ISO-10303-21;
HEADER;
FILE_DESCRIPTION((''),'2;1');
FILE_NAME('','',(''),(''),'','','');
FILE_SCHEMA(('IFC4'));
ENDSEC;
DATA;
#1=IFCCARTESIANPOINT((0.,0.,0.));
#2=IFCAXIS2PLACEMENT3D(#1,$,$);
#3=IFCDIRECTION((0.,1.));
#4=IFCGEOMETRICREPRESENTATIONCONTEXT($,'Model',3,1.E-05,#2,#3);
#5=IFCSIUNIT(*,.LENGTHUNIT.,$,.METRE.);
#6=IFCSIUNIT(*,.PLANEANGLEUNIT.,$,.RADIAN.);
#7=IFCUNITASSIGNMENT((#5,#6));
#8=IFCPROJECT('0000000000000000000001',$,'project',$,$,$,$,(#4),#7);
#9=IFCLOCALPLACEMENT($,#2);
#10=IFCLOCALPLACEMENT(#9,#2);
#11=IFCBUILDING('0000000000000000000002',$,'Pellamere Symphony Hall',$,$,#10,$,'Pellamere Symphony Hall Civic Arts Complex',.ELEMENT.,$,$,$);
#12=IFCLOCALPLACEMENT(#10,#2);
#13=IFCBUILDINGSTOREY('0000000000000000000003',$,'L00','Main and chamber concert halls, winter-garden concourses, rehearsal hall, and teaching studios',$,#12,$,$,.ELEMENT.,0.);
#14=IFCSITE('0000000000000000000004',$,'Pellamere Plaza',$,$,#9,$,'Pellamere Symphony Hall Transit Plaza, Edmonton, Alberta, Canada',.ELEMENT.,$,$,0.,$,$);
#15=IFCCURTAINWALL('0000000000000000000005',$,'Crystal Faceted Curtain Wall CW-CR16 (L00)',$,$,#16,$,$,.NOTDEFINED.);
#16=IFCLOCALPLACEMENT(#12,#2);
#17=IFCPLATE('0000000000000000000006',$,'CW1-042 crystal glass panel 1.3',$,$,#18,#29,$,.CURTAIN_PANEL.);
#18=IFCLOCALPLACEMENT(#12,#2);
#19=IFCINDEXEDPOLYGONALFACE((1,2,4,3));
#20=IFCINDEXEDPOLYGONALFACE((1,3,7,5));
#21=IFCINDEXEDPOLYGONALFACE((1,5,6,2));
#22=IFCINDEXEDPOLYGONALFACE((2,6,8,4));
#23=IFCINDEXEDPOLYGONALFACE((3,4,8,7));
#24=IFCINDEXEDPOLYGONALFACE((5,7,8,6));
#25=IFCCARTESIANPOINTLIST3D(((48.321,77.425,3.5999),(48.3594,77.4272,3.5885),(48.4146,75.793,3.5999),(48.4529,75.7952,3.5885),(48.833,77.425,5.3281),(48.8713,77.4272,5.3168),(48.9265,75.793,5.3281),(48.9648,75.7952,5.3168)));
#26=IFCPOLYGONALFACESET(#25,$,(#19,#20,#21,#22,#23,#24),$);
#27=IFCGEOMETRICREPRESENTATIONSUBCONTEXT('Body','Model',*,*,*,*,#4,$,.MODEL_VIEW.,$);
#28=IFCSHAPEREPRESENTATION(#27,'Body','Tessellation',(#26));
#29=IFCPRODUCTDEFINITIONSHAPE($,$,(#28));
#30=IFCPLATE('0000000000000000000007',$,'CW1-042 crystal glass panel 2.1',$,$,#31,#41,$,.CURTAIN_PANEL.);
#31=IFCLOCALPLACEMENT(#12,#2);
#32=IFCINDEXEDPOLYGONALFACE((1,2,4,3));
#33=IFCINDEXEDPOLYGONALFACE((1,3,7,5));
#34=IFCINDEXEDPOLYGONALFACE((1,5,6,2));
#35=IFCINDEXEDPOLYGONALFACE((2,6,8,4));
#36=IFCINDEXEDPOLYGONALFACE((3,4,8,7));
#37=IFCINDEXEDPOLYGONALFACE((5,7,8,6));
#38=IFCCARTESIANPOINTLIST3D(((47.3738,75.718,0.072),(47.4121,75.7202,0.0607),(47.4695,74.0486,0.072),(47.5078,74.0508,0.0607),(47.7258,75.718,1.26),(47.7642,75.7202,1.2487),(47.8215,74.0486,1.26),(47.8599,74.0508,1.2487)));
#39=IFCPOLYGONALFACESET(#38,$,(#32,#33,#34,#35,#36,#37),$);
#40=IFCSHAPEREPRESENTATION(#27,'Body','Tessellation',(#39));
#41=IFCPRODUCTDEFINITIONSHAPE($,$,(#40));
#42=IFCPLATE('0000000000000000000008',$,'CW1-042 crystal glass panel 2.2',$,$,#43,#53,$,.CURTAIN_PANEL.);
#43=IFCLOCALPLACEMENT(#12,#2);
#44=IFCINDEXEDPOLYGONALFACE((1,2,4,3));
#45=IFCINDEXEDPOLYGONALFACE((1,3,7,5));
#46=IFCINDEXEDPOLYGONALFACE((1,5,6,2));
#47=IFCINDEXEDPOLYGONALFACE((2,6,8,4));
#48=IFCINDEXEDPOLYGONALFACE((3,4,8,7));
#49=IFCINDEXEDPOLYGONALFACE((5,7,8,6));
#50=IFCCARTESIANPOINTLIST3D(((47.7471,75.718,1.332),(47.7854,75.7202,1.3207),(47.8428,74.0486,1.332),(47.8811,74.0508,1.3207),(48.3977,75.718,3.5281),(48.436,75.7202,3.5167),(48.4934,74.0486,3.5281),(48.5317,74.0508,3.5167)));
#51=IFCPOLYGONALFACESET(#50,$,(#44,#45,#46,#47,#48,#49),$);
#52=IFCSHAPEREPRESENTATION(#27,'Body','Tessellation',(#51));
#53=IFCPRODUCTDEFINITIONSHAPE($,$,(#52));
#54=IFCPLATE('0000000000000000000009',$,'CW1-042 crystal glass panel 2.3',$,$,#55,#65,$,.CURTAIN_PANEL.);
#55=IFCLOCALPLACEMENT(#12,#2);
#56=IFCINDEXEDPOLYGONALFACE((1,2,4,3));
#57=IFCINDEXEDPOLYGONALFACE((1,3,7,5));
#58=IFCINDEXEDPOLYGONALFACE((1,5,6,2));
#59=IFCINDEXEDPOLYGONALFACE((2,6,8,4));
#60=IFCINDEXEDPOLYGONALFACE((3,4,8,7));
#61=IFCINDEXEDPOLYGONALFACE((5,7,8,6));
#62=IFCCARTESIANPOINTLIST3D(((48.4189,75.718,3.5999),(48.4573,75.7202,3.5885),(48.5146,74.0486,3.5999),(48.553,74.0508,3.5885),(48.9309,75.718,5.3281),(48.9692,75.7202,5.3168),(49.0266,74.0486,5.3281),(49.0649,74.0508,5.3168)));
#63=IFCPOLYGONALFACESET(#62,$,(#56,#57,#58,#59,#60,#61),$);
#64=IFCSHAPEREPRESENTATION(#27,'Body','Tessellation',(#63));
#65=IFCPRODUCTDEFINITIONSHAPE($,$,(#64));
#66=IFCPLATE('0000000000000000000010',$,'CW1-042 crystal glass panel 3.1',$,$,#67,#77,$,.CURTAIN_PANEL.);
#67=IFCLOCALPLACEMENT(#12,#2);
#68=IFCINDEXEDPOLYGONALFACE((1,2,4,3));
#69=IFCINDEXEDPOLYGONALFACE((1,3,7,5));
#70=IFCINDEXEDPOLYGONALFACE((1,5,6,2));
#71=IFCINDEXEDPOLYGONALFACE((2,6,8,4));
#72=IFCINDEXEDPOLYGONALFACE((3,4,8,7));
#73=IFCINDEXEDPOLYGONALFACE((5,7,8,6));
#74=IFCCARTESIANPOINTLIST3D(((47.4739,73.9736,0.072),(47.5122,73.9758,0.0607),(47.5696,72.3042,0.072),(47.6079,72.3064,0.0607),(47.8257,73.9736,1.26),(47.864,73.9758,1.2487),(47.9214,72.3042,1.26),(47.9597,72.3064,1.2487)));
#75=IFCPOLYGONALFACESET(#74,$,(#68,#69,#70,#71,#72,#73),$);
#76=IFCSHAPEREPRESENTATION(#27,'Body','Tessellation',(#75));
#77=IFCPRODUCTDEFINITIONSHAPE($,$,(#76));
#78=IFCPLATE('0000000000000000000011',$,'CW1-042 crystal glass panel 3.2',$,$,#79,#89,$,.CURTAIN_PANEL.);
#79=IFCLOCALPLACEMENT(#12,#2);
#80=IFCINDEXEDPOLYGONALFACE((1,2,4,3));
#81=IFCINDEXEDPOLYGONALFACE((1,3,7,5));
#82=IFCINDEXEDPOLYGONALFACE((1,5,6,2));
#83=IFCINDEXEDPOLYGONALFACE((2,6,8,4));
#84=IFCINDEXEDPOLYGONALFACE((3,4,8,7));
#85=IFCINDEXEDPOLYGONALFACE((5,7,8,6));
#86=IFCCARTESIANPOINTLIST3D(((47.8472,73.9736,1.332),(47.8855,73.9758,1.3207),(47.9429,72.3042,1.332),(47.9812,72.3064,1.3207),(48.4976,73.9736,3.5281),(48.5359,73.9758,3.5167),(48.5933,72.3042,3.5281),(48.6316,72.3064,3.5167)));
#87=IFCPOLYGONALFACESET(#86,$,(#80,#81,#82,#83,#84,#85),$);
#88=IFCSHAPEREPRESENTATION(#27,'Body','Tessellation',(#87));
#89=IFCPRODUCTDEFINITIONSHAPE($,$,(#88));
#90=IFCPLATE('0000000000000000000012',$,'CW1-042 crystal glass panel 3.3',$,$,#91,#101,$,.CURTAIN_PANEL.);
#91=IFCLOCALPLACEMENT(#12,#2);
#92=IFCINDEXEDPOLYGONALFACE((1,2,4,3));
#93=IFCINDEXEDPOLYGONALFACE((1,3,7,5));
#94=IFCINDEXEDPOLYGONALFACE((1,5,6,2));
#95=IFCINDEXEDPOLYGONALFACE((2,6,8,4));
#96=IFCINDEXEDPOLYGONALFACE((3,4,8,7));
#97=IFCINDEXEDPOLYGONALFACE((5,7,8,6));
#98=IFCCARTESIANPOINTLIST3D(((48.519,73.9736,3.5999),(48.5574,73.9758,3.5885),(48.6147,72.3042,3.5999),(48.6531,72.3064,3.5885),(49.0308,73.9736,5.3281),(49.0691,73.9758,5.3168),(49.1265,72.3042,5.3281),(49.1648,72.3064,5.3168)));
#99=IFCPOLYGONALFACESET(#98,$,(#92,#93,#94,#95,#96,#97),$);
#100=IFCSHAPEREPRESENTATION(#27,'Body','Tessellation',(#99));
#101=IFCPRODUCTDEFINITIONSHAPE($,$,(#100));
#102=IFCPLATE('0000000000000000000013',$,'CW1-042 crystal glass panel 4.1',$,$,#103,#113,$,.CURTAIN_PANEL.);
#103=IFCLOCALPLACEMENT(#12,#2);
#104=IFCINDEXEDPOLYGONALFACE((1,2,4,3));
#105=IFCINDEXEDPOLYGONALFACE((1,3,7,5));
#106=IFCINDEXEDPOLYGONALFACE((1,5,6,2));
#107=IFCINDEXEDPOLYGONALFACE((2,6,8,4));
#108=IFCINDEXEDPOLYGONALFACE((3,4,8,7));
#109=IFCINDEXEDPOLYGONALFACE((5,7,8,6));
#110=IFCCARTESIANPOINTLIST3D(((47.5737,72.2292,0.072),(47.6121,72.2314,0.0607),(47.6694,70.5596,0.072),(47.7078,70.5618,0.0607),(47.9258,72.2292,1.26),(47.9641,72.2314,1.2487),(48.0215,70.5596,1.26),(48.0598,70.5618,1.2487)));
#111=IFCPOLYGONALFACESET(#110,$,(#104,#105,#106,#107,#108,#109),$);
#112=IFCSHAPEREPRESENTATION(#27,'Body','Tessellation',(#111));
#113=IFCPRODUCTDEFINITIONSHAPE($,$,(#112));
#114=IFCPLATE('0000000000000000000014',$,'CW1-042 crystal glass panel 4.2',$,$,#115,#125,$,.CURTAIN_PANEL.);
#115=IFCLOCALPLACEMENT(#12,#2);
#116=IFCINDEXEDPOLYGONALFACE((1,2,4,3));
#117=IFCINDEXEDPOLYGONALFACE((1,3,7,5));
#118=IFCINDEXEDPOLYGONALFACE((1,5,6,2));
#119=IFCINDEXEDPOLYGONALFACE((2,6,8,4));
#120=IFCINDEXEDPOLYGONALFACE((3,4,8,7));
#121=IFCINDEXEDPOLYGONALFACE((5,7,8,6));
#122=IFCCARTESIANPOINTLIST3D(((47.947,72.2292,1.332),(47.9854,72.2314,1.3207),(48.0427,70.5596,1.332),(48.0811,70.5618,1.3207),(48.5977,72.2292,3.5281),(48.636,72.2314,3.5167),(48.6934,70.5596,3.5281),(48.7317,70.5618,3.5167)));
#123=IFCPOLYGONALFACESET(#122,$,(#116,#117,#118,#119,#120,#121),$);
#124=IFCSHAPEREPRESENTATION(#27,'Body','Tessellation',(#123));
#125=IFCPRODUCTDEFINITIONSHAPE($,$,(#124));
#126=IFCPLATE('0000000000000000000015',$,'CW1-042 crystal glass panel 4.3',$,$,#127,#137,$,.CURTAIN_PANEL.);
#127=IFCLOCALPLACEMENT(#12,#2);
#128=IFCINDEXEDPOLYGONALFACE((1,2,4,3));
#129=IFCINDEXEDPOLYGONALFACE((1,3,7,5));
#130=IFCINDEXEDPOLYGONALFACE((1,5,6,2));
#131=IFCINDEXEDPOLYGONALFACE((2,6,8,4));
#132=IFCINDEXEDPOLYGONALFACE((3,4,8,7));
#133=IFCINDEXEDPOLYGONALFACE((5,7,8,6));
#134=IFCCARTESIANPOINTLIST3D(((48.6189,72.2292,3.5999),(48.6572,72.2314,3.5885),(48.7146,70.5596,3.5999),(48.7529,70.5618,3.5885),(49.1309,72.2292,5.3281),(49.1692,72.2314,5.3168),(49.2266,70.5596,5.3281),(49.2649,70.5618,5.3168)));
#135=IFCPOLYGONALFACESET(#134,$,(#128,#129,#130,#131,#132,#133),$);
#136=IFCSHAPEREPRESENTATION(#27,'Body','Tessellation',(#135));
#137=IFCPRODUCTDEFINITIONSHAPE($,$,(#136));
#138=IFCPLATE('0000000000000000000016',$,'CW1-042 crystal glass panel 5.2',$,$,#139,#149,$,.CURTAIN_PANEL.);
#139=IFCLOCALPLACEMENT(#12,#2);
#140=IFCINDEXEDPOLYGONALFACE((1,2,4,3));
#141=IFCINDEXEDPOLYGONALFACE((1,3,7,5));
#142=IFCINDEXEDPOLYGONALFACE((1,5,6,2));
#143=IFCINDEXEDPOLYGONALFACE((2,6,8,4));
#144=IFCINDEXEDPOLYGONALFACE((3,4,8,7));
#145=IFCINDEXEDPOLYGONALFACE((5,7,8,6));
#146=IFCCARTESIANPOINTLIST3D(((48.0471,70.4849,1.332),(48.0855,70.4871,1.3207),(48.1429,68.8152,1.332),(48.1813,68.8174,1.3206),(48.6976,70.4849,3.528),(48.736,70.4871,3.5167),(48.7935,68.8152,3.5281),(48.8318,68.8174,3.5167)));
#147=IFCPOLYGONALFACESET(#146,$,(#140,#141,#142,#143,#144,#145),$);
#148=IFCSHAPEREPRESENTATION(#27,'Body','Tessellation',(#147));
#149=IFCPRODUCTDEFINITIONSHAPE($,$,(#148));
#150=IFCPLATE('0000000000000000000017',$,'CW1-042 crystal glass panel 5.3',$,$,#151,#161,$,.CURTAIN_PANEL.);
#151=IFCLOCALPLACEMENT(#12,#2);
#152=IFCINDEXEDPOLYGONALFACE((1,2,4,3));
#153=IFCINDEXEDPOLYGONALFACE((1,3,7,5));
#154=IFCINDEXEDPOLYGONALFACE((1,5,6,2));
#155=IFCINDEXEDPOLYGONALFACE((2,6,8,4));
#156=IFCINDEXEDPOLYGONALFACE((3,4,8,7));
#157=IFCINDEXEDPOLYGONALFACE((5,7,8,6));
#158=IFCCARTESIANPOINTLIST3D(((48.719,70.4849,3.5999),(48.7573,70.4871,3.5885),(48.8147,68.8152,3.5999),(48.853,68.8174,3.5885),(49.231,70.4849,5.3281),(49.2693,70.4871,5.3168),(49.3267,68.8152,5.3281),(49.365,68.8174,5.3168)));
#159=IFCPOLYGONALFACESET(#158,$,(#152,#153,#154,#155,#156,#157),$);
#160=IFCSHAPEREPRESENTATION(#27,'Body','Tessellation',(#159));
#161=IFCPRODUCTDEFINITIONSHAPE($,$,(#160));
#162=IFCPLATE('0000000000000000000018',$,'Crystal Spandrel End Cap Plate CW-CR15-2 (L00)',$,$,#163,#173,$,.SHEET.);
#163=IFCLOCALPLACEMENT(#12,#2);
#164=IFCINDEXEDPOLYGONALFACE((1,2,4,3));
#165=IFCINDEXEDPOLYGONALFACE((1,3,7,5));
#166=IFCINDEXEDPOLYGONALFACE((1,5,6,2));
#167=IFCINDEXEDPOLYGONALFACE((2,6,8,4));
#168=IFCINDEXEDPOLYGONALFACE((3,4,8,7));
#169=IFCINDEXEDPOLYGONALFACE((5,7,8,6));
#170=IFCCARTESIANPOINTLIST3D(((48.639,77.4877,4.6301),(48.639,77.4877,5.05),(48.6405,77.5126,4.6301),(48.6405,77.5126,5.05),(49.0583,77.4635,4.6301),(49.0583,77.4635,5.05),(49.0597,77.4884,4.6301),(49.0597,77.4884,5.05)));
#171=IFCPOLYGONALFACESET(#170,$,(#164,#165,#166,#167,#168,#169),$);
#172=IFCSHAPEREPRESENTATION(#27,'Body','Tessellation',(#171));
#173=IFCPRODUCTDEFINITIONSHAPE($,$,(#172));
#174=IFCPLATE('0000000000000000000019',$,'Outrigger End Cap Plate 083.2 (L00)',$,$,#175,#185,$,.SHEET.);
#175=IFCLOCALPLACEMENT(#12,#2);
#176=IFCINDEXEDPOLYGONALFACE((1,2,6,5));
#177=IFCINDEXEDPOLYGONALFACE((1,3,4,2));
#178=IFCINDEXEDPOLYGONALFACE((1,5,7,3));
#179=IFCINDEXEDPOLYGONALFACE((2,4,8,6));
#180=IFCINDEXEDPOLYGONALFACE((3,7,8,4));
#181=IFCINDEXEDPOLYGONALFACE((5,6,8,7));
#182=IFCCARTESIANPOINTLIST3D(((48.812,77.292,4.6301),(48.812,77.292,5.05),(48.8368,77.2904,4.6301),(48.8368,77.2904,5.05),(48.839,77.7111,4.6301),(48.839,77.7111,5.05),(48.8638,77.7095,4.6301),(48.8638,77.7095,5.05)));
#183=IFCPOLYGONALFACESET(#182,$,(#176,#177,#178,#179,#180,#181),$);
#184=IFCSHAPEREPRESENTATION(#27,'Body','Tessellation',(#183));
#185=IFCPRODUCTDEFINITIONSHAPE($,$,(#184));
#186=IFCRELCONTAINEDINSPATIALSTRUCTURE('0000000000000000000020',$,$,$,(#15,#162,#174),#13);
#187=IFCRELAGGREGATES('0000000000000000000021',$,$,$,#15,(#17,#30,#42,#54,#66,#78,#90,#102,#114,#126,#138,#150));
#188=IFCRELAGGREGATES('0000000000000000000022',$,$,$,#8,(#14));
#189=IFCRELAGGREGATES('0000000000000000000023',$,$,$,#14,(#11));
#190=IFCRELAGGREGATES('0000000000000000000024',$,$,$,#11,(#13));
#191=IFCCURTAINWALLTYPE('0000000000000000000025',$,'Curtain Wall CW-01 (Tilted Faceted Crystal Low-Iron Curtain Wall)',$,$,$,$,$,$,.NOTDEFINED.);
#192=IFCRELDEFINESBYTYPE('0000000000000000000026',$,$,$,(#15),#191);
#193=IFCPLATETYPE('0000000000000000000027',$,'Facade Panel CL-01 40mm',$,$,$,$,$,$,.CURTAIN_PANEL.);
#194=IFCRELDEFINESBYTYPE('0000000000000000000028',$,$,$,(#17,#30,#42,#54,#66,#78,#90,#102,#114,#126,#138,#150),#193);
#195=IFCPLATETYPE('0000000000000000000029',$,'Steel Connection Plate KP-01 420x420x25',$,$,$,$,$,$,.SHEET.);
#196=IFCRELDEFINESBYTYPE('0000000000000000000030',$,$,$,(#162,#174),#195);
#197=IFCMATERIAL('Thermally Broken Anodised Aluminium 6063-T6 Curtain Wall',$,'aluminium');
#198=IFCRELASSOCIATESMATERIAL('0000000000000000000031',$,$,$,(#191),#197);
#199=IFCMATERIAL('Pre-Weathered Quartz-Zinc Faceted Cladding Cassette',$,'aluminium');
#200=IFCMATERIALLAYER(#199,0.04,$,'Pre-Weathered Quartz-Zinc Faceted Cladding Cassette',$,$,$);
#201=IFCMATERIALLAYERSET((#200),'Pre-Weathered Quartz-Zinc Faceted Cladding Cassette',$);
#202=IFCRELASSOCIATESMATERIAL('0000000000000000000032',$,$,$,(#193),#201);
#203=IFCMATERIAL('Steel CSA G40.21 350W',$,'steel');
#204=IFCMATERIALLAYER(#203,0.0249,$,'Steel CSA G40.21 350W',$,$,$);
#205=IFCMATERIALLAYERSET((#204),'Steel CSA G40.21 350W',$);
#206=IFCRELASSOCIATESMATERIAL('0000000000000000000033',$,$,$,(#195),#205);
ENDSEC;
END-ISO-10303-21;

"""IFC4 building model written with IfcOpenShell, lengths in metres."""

from ifc_helpers import new_model, si_unit, direction, frame, origin, origin_2d, place, context, subcontext, project, spatial, polyline, rectangle, outline, extrude, material, layer, layer_set, type_object, element, aggregate, save


model = new_model("IFC4")

# Units and contexts
model_context = context("Model", 3, precision=1e-05, world=origin(), true_north=direction((0.0, 1.0)))
body_context = subcontext(model_context, "Body", "Model", "MODEL_VIEW")
ifc_project = project(units=[si_unit("LENGTHUNIT", "METRE"), si_unit("PLANEANGLEUNIT", "RADIAN")], contexts=[model_context])

# Site, building, storey
site_placement = place(None, origin())
site = spatial("IfcSite", under=ifc_project, at=site_placement, Name="Pellamere Plaza", LongName="Pellamere Symphony Hall Transit Plaza, Edmonton, Alberta, Canada", CompositionType="ELEMENT", RefElevation=0.0)
building_placement = place(site_placement, origin())
building = spatial("IfcBuilding", under=site, at=building_placement, Name="Pellamere Symphony Hall", LongName="Pellamere Symphony Hall Civic Arts Complex", CompositionType="ELEMENT")
storey_placement = place(building_placement, origin())
storey = spatial("IfcBuildingStorey", under=building, at=storey_placement, Name="L00", Description="Main and chamber concert halls, winter-garden concourses, rehearsal hall, and teaching studios", CompositionType="ELEMENT", Elevation=0.0)

# Curtain wall
ifc_material_1 = material(Name="Thermally Broken Anodised Aluminium 6063-T6 Curtain Wall", Category="aluminium")
curtain_wall_type = type_object("IfcCurtainWallType", Name="Curtain Wall CW-01 (Tilted Faceted Crystal Low-Iron Curtain Wall)", PredefinedType="NOTDEFINED", material=ifc_material_1)
curtain_wall_placement = place(storey_placement, origin())
curtain_wall = element("IfcCurtainWall", 1, at=curtain_wall_placement, inside=storey, type_object=curtain_wall_type, Name="Crystal Faceted Curtain Wall CW-CR16 (L00)", PredefinedType="NOTDEFINED")

# Shared definitions
ifc_material_2 = material(Name="Steel CSA G40.21 350W", Category="steel")

# Plates
ifc_material_3 = material(Name="Pre-Weathered Quartz-Zinc Faceted Cladding Cassette", Category="aluminium")
ifc_layer_1 = layer(ifc_material_3, 0.04, Name="Pre-Weathered Quartz-Zinc Faceted Cladding Cassette")
ifc_layer_set_1 = layer_set([ifc_layer_1], Name="Pre-Weathered Quartz-Zinc Faceted Cladding Cassette")
plate_type_1 = type_object("IfcPlateType", Name="Facade Panel CL-01 40mm", PredefinedType="CURTAIN_PANEL", material=ifc_layer_set_1)
plate_1_placement = place(storey_placement, frame((48.321, 77.425, 3.5999), z_axis=(-0.957372, -0.05485, 0.283601), x_axis=(0.057199, -0.998363, 0.0)))
plate_1 = element("IfcPlate", 2, at=plate_1_placement, type_object=plate_type_1, Name="CW1-042 crystal glass panel 1.3", PredefinedType="CURTAIN_PANEL", context=body_context, shape_type="SweptSolid", body=[
    extrude(outline(polyline([(0.0, 0.0), (1.6348, 0.0), (1.664, 1.8023), (0.0293, 1.8023), (0.0, 0.0)])), origin(), (0.0, 0.0, -1.0), 0.04),
])
plate_2_placement = place(storey_placement, frame((47.3738, 75.718, 0.072), z_axis=(-0.957341, -0.054881, 0.2837), x_axis=(0.057233, -0.998361, 0.0)))
plate_2 = element("IfcPlate", 3, at=plate_2_placement, type_object=plate_type_1, Name="CW1-042 crystal glass panel 2.1", PredefinedType="CURTAIN_PANEL", context=body_context, shape_type="SweptSolid", body=[
    extrude(outline(polyline([(0.0, 0.0), (1.6722, 0.0), (1.6923, 1.2389), (0.0201, 1.2389), (0.0, 0.0)])), origin(), (0.0, 0.0, -1.0), 0.04),
])
plate_3_placement = place(storey_placement, frame((47.7471, 75.718, 1.332), z_axis=(-0.957358, -0.054882, 0.283642), x_axis=(0.057233, -0.998361, 0.0)))
plate_3 = element("IfcPlate", 4, at=plate_3_placement, type_object=plate_type_1, Name="CW1-042 crystal glass panel 2.2", PredefinedType="CURTAIN_PANEL", context=body_context, shape_type="SweptSolid", body=[
    extrude(outline(polyline([(0.0, 0.0), (1.6722, 0.0), (1.7094, 2.2901), (0.0372, 2.2901), (0.0, 0.0)])), origin(), (0.0, 0.0, -1.0), 0.04),
])
plate_4_placement = place(storey_placement, frame((48.4189, 75.718, 3.5999), z_axis=(-0.957371, -0.054883, 0.2836), x_axis=(0.057233, -0.998361, 0.0)))
plate_4 = element("IfcPlate", 5, at=plate_4_placement, type_object=plate_type_1, Name="CW1-042 crystal glass panel 2.3", PredefinedType="CURTAIN_PANEL", context=body_context, shape_type="SweptSolid", body=[
    extrude(outline(polyline([(0.0, 0.0), (1.6722, 0.0), (1.7015, 1.8023), (0.0293, 1.8023), (0.0, 0.0)])), origin(), (0.0, 0.0, -1.0), 0.04),
])
plate_5_placement = place(storey_placement, frame((47.4739, 73.9736, 0.072), z_axis=(-0.957395, -0.054884, 0.283519), x_axis=(0.057233, -0.998361, 0.0)))
plate_5 = element("IfcPlate", 6, at=plate_5_placement, type_object=plate_type_1, Name="CW1-042 crystal glass panel 3.1", PredefinedType="CURTAIN_PANEL", context=body_context, shape_type="SweptSolid", body=[
    extrude(outline(polyline([(0.0, 0.0), (1.6722, 0.0), (1.6923, 1.2388), (0.0201, 1.2388), (0.0, 0.0)])), origin(), (0.0, 0.0, -1.0), 0.04),
])
plate_6_placement = place(storey_placement, frame((47.8472, 73.9736, 1.332), z_axis=(-0.957387, -0.054884, 0.283544), x_axis=(0.057233, -0.998361, 0.0)))
plate_6 = element("IfcPlate", 7, at=plate_6_placement, type_object=plate_type_1, Name="CW1-042 crystal glass panel 3.2", PredefinedType="CURTAIN_PANEL", context=body_context, shape_type="SweptSolid", body=[
    extrude(outline(polyline([(0.0, 0.0), (1.6722, 0.0), (1.7094, 2.29), (0.0372, 2.29), (0.0, 0.0)])), origin(), (0.0, 0.0, -1.0), 0.04),
])
plate_7_placement = place(storey_placement, frame((48.519, 73.9736, 3.5999), z_axis=(-0.957407, -0.054885, 0.283476), x_axis=(0.057233, -0.998361, 0.0)))
plate_7 = element("IfcPlate", 8, at=plate_7_placement, type_object=plate_type_1, Name="CW1-042 crystal glass panel 3.3", PredefinedType="CURTAIN_PANEL", context=body_context, shape_type="SweptSolid", body=[
    extrude(outline(polyline([(0.0, 0.0), (1.6722, 0.0), (1.7015, 1.8022), (0.0293, 1.8022), (0.0, 0.0)])), origin(), (0.0, 0.0, -1.0), 0.04),
])
plate_8_placement = place(storey_placement, frame((47.5737, 72.2292, 0.072), z_axis=(-0.957342, -0.054873, 0.2837), x_axis=(0.057224, -0.998361, 0.0)))
plate_8 = element("IfcPlate", 9, at=plate_8_placement, type_object=plate_type_1, Name="CW1-042 crystal glass panel 4.1", PredefinedType="CURTAIN_PANEL", context=body_context, shape_type="SweptSolid", body=[
    extrude(outline(polyline([(0.0, 0.0), (1.6724, 0.0), (1.6926, 1.2389), (0.0201, 1.2389), (0.0, 0.0)])), origin(), (0.0, 0.0, -1.0), 0.04),
])
plate_9_placement = place(storey_placement, frame((47.947, 72.2292, 1.332), z_axis=(-0.957359, -0.054874, 0.283642), x_axis=(0.057224, -0.998361, 0.0)))
plate_9 = element("IfcPlate", 10, at=plate_9_placement, type_object=plate_type_1, Name="CW1-042 crystal glass panel 4.2", PredefinedType="CURTAIN_PANEL", context=body_context, shape_type="SweptSolid", body=[
    extrude(outline(polyline([(0.0, 0.0), (1.6724, 0.0), (1.7097, 2.2901), (0.0372, 2.2901), (0.0, 0.0)])), origin(), (0.0, 0.0, -1.0), 0.04),
])
plate_10_placement = place(storey_placement, frame((48.6189, 72.2292, 3.5999), z_axis=(-0.957371, -0.054875, 0.2836), x_axis=(0.057224, -0.998361, 0.0)))
plate_10 = element("IfcPlate", 11, at=plate_10_placement, type_object=plate_type_1, Name="CW1-042 crystal glass panel 4.3", PredefinedType="CURTAIN_PANEL", context=body_context, shape_type="SweptSolid", body=[
    extrude(outline(polyline([(0.0, 0.0), (1.6724, 0.0), (1.7017, 1.8023), (0.0293, 1.8023), (0.0, 0.0)])), origin(), (0.0, 0.0, -1.0), 0.04),
])
plate_11_placement = place(storey_placement, frame((48.0471, 70.4849, 1.332), z_axis=(-0.95737, -0.054945, 0.283592), x_axis=(0.057291, -0.998358, -0.00002)))
plate_11 = element("IfcPlate", 12, at=plate_11_placement, type_object=plate_type_1, Name="CW1-042 crystal glass panel 5.2", PredefinedType="CURTAIN_PANEL", context=body_context, shape_type="SweptSolid", body=[
    extrude(outline(polyline([(0.0, 0.0), (1.6724, 0.0), (1.7097, 2.2901), (0.0372, 2.29), (0.0, 0.0)])), origin(), (0.0, 0.0, -1.0), 0.04),
])
plate_12_placement = place(storey_placement, frame((48.719, 70.4849, 3.5999), z_axis=(-0.957371, -0.054875, 0.2836), x_axis=(0.057224, -0.998361, 0.0)))
plate_12 = element("IfcPlate", 13, at=plate_12_placement, type_object=plate_type_1, Name="CW1-042 crystal glass panel 5.3", PredefinedType="CURTAIN_PANEL", context=body_context, shape_type="SweptSolid", body=[
    extrude(outline(polyline([(0.0, 0.0), (1.6724, 0.0), (1.7017, 1.8023), (0.0293, 1.8023), (0.0, 0.0)])), origin(), (0.0, 0.0, -1.0), 0.04),
])
aggregate(curtain_wall, [plate_1, plate_2, plate_3, plate_4, plate_5, plate_6, plate_7, plate_8, plate_9, plate_10, plate_11, plate_12])

# Plates
ifc_layer_2 = layer(ifc_material_2, 0.0249, Name="Steel CSA G40.21 350W")
ifc_layer_set_2 = layer_set([ifc_layer_2], Name="Steel CSA G40.21 350W")
plate_type_2 = type_object("IfcPlateType", Name="Steel Connection Plate KP-01 420x420x25", PredefinedType="SHEET", material=ifc_layer_set_2)
for number, where, z_axis, x_axis, name in (
    (14, (48.8494, 77.488, 4.6301), (0.0, 0.0, 1.0), (-0.057564, -0.998342, 0.0), "Crystal Spandrel End Cap Plate CW-CR15-2 (L00)"),
    (15, (48.8379, 77.5007, 4.6301), (0.0, 0.0, 1.0), (-0.997927, 0.064358, 0.0), "Outrigger End Cap Plate 083.2 (L00)"),
):
    element("IfcPlate", number, at=place(storey_placement, frame(where, z_axis=z_axis, x_axis=x_axis)), inside=storey, type_object=plate_type_2, Name=name, PredefinedType="SHEET", context=body_context, shape_type="SweptSolid", body=[
        extrude(rectangle(XDim=0.0249, YDim=0.4199, at=origin_2d()), origin(), (0.0, 0.0, 1.0), 0.4199),
    ])

save(model, "model.ifc")
